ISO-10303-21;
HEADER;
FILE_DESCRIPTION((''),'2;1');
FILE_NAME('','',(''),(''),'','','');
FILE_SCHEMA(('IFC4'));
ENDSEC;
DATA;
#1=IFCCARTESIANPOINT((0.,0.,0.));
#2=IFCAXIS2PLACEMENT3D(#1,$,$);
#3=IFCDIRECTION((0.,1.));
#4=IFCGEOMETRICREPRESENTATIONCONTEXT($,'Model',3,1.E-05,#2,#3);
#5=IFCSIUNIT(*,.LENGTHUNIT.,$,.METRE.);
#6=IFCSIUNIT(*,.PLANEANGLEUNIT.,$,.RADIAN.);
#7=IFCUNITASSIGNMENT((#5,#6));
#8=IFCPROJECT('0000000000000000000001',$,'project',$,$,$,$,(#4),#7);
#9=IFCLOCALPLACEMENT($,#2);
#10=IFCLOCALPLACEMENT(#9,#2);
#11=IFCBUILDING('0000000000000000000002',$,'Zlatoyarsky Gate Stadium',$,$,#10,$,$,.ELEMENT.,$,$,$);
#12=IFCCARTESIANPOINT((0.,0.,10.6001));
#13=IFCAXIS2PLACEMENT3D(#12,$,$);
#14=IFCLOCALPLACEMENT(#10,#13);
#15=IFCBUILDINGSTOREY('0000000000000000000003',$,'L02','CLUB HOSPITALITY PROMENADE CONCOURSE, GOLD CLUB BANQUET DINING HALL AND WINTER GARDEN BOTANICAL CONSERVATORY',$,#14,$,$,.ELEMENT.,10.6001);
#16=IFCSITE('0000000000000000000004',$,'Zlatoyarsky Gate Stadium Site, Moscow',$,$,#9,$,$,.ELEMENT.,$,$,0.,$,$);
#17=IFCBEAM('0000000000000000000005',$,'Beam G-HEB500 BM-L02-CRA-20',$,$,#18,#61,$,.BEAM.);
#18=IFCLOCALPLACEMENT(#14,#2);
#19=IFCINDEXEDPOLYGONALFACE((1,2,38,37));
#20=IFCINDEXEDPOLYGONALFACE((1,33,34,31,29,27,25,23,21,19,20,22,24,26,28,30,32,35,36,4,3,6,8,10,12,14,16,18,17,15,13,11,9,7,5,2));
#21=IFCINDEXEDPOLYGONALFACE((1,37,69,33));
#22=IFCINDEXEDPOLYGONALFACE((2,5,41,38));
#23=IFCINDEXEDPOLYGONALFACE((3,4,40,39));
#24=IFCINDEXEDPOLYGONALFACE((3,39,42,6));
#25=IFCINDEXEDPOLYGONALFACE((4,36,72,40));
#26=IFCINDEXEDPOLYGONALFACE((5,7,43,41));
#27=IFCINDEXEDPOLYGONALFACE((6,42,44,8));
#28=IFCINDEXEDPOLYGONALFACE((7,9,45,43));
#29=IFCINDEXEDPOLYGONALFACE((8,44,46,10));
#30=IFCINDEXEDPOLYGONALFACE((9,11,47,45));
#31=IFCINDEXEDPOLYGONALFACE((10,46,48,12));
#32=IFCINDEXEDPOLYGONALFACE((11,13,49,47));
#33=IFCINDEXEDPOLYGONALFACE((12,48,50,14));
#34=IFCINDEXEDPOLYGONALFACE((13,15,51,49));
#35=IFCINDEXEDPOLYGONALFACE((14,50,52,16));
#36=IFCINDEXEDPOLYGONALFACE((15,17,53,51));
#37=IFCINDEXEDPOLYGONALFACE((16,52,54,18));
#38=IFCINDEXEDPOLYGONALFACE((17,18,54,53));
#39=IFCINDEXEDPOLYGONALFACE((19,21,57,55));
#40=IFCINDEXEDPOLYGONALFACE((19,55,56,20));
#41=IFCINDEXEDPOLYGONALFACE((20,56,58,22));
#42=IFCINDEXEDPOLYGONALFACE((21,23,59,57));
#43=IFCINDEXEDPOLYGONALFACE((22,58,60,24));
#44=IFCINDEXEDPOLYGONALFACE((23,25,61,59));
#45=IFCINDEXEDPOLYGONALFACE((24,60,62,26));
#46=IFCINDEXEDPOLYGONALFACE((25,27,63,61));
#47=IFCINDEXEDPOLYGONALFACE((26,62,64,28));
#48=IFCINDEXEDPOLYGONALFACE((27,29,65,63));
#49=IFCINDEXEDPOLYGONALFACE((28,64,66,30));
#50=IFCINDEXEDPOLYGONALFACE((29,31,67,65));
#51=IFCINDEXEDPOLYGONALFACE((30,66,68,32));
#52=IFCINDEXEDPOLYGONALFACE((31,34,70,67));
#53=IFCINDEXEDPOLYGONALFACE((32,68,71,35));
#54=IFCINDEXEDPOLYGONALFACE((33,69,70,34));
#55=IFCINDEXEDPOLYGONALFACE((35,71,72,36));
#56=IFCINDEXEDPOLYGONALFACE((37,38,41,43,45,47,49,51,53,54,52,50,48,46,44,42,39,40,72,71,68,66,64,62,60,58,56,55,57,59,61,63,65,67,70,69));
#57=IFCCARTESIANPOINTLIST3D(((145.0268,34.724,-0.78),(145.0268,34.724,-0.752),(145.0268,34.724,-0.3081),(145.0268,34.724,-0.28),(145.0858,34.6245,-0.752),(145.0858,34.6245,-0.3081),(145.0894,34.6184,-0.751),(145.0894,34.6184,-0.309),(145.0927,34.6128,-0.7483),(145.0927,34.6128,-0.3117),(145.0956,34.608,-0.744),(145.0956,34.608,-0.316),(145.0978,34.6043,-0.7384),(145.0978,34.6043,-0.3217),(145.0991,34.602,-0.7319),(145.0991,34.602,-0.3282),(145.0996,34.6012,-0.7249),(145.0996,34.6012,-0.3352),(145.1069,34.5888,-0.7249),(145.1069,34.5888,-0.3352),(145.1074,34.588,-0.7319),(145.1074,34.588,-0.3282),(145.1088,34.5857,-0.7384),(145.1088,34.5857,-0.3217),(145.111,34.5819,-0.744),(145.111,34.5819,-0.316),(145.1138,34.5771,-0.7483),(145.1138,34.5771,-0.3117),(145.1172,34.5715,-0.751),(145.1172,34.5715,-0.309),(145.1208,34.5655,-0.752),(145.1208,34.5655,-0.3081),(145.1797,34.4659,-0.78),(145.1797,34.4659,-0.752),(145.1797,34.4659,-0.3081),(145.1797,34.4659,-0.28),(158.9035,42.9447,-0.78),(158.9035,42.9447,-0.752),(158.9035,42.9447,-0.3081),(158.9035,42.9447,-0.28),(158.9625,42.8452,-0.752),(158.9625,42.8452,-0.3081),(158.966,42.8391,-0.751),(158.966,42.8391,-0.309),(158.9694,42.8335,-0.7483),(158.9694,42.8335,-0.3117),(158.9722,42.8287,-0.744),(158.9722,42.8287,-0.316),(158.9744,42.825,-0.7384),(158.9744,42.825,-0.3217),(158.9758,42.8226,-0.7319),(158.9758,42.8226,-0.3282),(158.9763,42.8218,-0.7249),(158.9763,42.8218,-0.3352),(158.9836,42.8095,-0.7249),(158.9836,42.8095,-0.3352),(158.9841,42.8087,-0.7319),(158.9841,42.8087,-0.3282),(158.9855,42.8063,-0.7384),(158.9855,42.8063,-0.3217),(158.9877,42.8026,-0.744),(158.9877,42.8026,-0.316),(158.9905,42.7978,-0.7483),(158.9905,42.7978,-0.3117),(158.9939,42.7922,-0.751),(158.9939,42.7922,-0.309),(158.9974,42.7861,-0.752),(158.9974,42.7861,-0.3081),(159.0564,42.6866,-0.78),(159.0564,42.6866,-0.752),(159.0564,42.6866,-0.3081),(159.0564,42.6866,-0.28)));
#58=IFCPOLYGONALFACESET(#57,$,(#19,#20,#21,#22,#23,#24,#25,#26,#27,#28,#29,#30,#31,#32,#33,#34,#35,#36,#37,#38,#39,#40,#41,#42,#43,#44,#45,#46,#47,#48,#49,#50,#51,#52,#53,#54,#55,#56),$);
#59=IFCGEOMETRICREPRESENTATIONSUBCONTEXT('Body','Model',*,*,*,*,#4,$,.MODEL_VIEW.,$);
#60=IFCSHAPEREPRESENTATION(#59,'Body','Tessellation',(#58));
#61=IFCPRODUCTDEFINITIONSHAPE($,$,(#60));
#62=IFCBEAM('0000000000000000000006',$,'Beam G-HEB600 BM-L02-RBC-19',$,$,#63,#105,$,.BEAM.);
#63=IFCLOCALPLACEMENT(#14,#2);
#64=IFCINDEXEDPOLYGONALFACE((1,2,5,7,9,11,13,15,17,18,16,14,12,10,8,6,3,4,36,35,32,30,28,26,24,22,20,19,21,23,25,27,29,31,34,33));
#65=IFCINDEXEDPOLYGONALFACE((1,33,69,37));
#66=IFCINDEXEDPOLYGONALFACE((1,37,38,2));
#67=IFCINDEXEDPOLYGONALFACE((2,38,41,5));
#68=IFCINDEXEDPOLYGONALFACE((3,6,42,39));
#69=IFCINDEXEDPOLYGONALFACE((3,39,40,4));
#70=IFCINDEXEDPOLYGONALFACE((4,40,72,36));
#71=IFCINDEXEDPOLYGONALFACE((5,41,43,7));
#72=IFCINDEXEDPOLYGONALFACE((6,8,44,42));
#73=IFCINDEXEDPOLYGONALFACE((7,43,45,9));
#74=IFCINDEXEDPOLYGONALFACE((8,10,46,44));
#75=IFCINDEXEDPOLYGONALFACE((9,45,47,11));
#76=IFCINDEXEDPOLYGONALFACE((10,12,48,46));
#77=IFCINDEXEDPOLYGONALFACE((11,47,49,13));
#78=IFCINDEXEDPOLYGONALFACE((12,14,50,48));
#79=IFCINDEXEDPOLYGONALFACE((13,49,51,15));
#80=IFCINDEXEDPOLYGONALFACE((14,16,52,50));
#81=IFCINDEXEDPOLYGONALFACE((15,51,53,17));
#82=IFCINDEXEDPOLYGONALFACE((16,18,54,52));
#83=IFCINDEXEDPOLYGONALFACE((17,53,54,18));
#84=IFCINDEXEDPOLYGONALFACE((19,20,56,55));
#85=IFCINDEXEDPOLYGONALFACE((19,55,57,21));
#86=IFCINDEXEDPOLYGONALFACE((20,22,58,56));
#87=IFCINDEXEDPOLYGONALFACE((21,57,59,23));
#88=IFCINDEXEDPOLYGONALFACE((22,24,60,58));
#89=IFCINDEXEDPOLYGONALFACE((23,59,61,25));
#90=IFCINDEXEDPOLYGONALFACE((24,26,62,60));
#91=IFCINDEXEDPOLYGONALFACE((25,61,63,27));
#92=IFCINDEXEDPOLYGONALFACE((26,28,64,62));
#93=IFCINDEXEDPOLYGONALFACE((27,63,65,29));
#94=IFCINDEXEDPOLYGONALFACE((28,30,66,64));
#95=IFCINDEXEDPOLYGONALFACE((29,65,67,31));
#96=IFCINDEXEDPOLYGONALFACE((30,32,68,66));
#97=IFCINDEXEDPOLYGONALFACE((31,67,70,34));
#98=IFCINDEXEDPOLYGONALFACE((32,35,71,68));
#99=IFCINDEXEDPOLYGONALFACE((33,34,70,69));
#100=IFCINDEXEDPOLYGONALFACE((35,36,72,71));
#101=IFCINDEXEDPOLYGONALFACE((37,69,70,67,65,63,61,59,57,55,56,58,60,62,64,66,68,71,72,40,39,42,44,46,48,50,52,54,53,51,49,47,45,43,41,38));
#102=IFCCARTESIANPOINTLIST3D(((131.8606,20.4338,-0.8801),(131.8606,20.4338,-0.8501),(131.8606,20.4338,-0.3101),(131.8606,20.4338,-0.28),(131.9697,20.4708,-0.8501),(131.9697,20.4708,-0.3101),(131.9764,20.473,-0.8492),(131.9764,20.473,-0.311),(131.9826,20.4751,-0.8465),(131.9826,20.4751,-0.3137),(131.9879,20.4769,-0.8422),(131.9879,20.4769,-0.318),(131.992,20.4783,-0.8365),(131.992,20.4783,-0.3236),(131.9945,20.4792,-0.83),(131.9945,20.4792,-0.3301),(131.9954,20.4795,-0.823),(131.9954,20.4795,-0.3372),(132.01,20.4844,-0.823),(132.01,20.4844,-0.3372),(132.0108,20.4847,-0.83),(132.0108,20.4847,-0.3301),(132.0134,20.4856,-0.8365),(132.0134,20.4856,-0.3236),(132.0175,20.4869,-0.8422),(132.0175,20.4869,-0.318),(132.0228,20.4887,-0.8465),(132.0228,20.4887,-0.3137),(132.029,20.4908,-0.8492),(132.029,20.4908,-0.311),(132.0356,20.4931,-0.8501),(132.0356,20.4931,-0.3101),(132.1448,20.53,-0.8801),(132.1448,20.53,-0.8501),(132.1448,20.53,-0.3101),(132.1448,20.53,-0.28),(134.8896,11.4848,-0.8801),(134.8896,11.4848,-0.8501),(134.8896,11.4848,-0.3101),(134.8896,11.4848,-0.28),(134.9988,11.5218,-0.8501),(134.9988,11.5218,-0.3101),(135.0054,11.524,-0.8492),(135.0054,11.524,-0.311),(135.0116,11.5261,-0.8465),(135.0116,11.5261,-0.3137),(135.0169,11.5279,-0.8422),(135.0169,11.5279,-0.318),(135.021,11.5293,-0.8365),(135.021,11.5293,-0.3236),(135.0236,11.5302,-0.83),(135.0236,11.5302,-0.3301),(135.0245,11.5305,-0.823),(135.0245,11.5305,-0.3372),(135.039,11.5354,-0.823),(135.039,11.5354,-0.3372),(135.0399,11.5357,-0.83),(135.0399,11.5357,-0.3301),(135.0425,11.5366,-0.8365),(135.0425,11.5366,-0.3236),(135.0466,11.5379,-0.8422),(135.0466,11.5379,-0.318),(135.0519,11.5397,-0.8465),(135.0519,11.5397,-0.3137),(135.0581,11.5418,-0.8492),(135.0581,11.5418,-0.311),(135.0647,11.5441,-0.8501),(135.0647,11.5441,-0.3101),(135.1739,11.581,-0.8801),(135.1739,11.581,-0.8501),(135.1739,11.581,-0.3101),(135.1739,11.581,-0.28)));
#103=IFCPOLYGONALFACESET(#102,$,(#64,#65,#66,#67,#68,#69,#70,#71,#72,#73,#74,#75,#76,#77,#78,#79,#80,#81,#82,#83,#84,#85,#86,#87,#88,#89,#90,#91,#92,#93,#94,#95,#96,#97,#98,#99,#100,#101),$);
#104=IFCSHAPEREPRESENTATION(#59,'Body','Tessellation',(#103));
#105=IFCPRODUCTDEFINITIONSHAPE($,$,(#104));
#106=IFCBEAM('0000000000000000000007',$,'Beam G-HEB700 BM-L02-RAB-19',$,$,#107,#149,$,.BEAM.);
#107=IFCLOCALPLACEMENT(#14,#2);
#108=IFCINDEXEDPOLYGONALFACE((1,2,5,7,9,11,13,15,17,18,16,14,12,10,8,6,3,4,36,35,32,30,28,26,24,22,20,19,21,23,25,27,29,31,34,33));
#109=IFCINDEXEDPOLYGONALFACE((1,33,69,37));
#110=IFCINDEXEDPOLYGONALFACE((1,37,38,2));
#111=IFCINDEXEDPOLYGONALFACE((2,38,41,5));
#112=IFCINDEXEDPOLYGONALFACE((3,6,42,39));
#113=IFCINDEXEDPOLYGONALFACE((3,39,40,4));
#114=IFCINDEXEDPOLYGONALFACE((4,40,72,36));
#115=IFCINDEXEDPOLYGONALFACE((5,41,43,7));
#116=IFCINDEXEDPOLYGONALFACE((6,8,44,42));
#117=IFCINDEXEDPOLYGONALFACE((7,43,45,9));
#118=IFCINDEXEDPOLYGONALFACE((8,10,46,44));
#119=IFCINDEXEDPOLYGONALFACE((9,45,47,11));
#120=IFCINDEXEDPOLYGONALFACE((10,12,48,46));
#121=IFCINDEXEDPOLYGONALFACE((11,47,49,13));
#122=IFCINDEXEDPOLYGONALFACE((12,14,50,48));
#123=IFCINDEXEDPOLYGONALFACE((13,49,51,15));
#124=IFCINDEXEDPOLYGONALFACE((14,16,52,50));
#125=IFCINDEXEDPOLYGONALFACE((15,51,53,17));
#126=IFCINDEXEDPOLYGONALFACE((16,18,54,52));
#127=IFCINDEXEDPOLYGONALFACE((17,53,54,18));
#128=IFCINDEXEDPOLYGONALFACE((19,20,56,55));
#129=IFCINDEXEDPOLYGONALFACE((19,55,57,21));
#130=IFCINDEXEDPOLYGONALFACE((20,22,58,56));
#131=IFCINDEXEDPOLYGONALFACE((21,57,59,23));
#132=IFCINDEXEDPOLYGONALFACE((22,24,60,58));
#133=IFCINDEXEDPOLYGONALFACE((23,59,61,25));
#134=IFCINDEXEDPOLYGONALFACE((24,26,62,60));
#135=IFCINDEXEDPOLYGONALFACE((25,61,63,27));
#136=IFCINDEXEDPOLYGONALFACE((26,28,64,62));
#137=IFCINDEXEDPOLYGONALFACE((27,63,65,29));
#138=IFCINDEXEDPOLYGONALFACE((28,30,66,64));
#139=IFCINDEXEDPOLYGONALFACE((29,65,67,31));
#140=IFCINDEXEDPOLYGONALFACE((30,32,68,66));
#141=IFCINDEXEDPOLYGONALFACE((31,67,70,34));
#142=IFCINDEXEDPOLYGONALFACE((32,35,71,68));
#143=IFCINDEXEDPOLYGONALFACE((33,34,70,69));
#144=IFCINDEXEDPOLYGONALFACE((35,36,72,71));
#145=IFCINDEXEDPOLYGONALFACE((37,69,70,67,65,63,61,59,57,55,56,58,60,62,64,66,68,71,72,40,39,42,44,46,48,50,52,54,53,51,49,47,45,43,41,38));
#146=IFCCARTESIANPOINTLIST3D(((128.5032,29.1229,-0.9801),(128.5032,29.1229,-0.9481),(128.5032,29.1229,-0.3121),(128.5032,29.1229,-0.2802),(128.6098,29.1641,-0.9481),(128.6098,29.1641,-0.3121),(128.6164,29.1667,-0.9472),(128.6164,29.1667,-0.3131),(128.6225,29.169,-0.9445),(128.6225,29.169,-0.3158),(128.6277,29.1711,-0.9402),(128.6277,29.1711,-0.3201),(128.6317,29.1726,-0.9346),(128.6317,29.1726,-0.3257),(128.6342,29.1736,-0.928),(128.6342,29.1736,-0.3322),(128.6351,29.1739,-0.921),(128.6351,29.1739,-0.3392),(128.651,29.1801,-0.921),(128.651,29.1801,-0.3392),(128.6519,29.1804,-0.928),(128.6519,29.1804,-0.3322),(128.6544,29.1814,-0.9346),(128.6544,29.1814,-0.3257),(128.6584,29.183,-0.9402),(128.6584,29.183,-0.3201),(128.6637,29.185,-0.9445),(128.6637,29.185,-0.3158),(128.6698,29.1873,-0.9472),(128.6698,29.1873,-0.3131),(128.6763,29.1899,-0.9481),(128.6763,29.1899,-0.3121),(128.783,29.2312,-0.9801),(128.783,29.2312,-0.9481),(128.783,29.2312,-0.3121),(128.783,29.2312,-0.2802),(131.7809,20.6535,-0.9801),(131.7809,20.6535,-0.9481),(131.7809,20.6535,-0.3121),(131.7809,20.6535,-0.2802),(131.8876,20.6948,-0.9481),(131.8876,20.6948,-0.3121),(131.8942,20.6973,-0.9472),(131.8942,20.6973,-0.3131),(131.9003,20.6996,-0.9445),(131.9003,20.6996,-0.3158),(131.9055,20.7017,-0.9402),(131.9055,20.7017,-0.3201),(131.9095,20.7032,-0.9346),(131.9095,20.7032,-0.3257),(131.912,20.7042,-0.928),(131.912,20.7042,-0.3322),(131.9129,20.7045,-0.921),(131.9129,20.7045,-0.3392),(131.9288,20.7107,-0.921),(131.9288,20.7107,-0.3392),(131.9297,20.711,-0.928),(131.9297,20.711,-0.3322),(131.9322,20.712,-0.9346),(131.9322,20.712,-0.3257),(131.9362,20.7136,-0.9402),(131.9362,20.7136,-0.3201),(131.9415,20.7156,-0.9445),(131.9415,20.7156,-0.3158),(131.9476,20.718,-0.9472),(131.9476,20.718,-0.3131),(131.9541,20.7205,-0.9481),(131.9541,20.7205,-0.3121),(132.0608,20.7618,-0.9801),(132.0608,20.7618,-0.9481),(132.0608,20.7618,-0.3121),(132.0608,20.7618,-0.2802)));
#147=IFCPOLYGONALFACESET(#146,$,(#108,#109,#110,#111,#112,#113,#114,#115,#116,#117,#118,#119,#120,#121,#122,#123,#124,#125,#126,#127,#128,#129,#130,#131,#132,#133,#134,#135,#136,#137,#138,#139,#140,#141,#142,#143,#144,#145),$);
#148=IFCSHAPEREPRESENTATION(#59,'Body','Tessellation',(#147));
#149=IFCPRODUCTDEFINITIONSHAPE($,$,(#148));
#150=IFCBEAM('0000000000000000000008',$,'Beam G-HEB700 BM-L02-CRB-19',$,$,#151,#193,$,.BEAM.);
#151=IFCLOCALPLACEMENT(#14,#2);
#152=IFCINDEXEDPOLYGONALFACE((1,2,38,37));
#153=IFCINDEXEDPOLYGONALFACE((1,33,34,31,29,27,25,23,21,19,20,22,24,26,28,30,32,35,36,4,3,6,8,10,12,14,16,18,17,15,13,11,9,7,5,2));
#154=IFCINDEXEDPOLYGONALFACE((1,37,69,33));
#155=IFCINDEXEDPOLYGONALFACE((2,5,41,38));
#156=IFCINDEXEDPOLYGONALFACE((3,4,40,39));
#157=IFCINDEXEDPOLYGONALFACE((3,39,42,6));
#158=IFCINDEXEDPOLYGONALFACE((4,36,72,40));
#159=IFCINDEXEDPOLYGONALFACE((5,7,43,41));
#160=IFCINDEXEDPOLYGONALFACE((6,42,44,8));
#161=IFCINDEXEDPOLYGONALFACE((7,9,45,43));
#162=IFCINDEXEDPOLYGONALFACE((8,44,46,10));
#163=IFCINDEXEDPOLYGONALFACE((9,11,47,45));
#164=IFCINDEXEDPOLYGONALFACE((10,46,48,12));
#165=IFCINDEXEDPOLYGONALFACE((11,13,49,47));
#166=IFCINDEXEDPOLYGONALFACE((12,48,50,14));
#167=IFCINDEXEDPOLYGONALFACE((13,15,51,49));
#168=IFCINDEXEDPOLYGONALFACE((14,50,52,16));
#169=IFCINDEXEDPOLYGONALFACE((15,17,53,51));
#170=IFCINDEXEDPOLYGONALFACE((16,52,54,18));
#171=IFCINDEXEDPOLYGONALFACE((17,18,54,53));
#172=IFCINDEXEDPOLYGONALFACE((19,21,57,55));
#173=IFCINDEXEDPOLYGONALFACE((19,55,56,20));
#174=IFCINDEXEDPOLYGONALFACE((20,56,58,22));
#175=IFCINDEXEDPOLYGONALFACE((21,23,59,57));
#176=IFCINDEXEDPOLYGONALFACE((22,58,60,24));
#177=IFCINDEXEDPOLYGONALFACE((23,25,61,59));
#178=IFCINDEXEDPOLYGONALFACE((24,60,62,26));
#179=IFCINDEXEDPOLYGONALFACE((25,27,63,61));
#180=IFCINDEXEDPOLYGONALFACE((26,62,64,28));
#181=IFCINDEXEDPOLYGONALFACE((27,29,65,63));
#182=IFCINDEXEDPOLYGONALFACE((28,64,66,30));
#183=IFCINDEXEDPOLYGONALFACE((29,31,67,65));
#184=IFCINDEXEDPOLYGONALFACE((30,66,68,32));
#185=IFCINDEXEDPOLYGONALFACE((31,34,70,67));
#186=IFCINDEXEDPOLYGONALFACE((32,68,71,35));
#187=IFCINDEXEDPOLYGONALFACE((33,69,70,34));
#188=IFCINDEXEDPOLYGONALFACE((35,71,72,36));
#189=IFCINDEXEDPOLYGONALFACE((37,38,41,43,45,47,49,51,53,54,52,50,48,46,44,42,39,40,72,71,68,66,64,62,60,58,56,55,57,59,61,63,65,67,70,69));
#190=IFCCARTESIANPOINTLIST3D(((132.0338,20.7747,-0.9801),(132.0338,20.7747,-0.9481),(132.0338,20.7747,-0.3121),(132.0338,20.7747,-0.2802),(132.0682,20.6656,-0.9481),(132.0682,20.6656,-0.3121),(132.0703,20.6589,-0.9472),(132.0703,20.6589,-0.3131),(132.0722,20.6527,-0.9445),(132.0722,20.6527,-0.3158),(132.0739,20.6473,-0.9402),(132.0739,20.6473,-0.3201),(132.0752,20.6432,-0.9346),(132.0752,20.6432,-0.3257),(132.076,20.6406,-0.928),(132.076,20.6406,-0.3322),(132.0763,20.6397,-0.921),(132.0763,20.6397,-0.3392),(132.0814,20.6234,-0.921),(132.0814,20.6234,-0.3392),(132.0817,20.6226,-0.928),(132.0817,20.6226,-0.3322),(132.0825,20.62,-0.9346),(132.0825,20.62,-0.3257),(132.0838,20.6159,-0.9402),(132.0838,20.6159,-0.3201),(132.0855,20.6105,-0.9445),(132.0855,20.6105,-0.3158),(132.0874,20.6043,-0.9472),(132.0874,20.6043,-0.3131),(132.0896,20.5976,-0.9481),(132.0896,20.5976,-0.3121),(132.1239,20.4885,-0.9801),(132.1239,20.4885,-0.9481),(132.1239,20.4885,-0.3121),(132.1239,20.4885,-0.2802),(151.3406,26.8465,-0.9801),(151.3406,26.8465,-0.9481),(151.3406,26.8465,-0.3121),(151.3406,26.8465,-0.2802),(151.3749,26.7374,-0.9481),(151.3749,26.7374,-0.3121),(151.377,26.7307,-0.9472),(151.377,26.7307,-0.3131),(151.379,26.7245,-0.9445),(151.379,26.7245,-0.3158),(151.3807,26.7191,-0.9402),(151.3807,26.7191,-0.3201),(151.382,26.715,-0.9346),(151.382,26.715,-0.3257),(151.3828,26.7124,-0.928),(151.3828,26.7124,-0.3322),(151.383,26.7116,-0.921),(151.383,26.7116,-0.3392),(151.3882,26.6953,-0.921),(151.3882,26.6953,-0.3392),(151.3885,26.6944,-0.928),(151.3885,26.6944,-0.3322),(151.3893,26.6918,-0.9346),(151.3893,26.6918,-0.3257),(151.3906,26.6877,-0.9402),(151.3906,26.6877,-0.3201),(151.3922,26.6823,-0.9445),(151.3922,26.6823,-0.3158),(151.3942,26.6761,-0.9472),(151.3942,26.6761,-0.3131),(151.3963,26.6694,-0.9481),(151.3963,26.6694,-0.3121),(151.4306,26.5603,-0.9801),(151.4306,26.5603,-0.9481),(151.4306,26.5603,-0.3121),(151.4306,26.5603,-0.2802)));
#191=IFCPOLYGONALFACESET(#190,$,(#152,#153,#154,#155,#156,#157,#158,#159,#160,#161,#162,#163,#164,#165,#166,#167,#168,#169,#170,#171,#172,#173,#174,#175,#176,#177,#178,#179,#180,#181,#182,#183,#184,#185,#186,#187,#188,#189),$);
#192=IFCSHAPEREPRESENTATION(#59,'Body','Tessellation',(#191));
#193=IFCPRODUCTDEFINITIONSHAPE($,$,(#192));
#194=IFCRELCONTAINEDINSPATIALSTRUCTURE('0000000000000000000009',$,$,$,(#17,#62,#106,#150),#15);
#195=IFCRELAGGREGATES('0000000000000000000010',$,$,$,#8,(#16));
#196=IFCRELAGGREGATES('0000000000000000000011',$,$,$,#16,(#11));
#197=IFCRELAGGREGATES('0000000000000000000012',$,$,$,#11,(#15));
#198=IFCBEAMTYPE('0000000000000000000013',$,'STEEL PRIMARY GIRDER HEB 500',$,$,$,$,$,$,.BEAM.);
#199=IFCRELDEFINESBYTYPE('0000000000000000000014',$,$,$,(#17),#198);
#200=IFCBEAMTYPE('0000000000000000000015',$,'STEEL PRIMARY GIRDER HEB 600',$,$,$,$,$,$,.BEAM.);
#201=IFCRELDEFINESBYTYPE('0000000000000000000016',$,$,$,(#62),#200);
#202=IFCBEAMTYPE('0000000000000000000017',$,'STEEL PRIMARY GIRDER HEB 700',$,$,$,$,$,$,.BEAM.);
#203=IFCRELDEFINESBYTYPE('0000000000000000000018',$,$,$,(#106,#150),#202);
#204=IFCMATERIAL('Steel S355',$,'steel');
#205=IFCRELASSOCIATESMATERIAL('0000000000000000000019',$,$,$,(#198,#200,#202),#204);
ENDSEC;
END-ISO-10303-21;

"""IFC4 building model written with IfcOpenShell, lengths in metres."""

from ifc_helpers import new_model, si_unit, direction, frame, origin, origin_2d, place, context, subcontext, project, spatial, i_section, extrude, material, material_profile, profile_set, type_object, element, save


model = new_model("IFC4")

# Units and contexts
model_context = context("Model", 3, precision=1e-05, world=origin(), true_north=direction((0.0, 1.0)))
body_context = subcontext(model_context, "Body", "Model", "MODEL_VIEW")
ifc_project = project(units=[si_unit("LENGTHUNIT", "METRE"), si_unit("PLANEANGLEUNIT", "RADIAN")], contexts=[model_context])

# Site, building, storey
site_placement = place(None, origin())
site = spatial("IfcSite", under=ifc_project, at=site_placement, Name="Zlatoyarsky Gate Stadium Site, Moscow", CompositionType="ELEMENT", RefElevation=0.0)
building_placement = place(site_placement, origin())
building = spatial("IfcBuilding", under=site, at=building_placement, Name="Zlatoyarsky Gate Stadium", CompositionType="ELEMENT")
storey_placement = place(building_placement, frame((0.0, 0.0, 10.6001)))
storey = spatial("IfcBuildingStorey", under=building, at=storey_placement, Name="L02", Description="CLUB HOSPITALITY PROMENADE CONCOURSE, GOLD CLUB BANQUET DINING HALL AND WINTER GARDEN BOTANICAL CONSERVATORY", CompositionType="ELEMENT", Elevation=10.6001)

# Shared definitions
ifc_material_1 = material(Name="Steel S355", Category="steel")

# Beams
ifc_material_profile_1 = material_profile(ifc_material_1, i_section(OverallWidth=0.3, OverallDepth=0.5, WebThickness=0.0144, FlangeThickness=0.0281, FilletRadius=0.0271, at=origin_2d()), Name="HEB 500")
ifc_profile_set_1 = profile_set([ifc_material_profile_1], Name="Steel S355")
beam_type_1 = type_object("IfcBeamType", Name="STEEL PRIMARY GIRDER HEB 500", PredefinedType="BEAM", material=ifc_profile_set_1)
beam_1_placement = place(storey_placement, frame((145.1033, 34.595, -0.53), z_axis=(0.86036, 0.509686, 0.0), x_axis=(-0.509686, 0.86036, 0.0)))
element("IfcBeam", 1, at=beam_1_placement, inside=storey, type_object=beam_type_1, Name="Beam G-HEB500 BM-L02-CRA-20", PredefinedType="BEAM", context=body_context, shape_type="SweptSolid", body=[
    extrude(i_section(OverallWidth=0.3, OverallDepth=0.5, WebThickness=0.0144, FlangeThickness=0.0281, FilletRadius=0.0271, at=origin_2d()), origin(), (0.0, 0.0, 1.0), 16.1289),
])
ifc_material_profile_2 = material_profile(ifc_material_1, i_section(OverallWidth=0.3, OverallDepth=0.6001, WebThickness=0.0154, FlangeThickness=0.03, FilletRadius=0.0271, at=origin_2d()), Name="HEB 600")
ifc_profile_set_2 = profile_set([ifc_material_profile_2], Name="Steel S355")
beam_type_2 = type_object("IfcBeamType", Name="STEEL PRIMARY GIRDER HEB 600", PredefinedType="BEAM", material=ifc_profile_set_2)
beam_2_placement = place(storey_placement, frame((132.0027, 20.4819, -0.5801), z_axis=(0.320612, -0.947211, 0.0), x_axis=(0.947211, 0.320612, 0.0)))
element("IfcBeam", 2, at=beam_2_placement, inside=storey, type_object=beam_type_2, Name="Beam G-HEB600 BM-L02-RBC-19", PredefinedType="BEAM", context=body_context, shape_type="SweptSolid", body=[
    extrude(i_section(OverallWidth=0.3, OverallDepth=0.6001, WebThickness=0.0154, FlangeThickness=0.03, FilletRadius=0.0271, at=origin_2d()), origin(), (0.0, 0.0, 1.0), 9.4478),
])
ifc_material_profile_3 = material_profile(ifc_material_1, i_section(OverallWidth=0.3, OverallDepth=0.7, WebThickness=0.0171, FlangeThickness=0.032, FilletRadius=0.0271, at=origin_2d()), Name="HEB 700")
ifc_profile_set_3 = profile_set([ifc_material_profile_3], Name="Steel S355")
beam_type_3 = type_object("IfcBeamType", Name="STEEL PRIMARY GIRDER HEB 700", PredefinedType="BEAM", material=ifc_profile_set_3)
beam_3_placement = place(storey_placement, frame((128.6431, 29.177, -0.6301), z_axis=(0.360929, -0.932593, 0.0), x_axis=(0.932593, 0.360929, 0.0)))
element("IfcBeam", 3, at=beam_3_placement, inside=storey, type_object=beam_type_3, Name="Beam G-HEB700 BM-L02-RAB-19", PredefinedType="BEAM", context=body_context, shape_type="SweptSolid", body=[
    extrude(i_section(OverallWidth=0.3, OverallDepth=0.7, WebThickness=0.0171, FlangeThickness=0.032, FilletRadius=0.0271, at=origin_2d()), origin(), (0.0, 0.0, 1.0), 9.0815),
])
beam_4_placement = place(storey_placement, frame((132.0789, 20.6316, -0.6301), z_axis=(0.953938, 0.300005, 0.0), x_axis=(-0.300005, 0.953938, 0.0)))
element("IfcBeam", 4, at=beam_4_placement, inside=storey, type_object=beam_type_3, Name="Beam G-HEB700 BM-L02-CRB-19", PredefinedType="BEAM", context=body_context, shape_type="SweptSolid", body=[
    extrude(i_section(OverallWidth=0.3, OverallDepth=0.7, WebThickness=0.0171, FlangeThickness=0.032, FilletRadius=0.0271, at=origin_2d()), origin(), (0.0, 0.0, 1.0), 20.239),
])

save(model, "model.ifc")
